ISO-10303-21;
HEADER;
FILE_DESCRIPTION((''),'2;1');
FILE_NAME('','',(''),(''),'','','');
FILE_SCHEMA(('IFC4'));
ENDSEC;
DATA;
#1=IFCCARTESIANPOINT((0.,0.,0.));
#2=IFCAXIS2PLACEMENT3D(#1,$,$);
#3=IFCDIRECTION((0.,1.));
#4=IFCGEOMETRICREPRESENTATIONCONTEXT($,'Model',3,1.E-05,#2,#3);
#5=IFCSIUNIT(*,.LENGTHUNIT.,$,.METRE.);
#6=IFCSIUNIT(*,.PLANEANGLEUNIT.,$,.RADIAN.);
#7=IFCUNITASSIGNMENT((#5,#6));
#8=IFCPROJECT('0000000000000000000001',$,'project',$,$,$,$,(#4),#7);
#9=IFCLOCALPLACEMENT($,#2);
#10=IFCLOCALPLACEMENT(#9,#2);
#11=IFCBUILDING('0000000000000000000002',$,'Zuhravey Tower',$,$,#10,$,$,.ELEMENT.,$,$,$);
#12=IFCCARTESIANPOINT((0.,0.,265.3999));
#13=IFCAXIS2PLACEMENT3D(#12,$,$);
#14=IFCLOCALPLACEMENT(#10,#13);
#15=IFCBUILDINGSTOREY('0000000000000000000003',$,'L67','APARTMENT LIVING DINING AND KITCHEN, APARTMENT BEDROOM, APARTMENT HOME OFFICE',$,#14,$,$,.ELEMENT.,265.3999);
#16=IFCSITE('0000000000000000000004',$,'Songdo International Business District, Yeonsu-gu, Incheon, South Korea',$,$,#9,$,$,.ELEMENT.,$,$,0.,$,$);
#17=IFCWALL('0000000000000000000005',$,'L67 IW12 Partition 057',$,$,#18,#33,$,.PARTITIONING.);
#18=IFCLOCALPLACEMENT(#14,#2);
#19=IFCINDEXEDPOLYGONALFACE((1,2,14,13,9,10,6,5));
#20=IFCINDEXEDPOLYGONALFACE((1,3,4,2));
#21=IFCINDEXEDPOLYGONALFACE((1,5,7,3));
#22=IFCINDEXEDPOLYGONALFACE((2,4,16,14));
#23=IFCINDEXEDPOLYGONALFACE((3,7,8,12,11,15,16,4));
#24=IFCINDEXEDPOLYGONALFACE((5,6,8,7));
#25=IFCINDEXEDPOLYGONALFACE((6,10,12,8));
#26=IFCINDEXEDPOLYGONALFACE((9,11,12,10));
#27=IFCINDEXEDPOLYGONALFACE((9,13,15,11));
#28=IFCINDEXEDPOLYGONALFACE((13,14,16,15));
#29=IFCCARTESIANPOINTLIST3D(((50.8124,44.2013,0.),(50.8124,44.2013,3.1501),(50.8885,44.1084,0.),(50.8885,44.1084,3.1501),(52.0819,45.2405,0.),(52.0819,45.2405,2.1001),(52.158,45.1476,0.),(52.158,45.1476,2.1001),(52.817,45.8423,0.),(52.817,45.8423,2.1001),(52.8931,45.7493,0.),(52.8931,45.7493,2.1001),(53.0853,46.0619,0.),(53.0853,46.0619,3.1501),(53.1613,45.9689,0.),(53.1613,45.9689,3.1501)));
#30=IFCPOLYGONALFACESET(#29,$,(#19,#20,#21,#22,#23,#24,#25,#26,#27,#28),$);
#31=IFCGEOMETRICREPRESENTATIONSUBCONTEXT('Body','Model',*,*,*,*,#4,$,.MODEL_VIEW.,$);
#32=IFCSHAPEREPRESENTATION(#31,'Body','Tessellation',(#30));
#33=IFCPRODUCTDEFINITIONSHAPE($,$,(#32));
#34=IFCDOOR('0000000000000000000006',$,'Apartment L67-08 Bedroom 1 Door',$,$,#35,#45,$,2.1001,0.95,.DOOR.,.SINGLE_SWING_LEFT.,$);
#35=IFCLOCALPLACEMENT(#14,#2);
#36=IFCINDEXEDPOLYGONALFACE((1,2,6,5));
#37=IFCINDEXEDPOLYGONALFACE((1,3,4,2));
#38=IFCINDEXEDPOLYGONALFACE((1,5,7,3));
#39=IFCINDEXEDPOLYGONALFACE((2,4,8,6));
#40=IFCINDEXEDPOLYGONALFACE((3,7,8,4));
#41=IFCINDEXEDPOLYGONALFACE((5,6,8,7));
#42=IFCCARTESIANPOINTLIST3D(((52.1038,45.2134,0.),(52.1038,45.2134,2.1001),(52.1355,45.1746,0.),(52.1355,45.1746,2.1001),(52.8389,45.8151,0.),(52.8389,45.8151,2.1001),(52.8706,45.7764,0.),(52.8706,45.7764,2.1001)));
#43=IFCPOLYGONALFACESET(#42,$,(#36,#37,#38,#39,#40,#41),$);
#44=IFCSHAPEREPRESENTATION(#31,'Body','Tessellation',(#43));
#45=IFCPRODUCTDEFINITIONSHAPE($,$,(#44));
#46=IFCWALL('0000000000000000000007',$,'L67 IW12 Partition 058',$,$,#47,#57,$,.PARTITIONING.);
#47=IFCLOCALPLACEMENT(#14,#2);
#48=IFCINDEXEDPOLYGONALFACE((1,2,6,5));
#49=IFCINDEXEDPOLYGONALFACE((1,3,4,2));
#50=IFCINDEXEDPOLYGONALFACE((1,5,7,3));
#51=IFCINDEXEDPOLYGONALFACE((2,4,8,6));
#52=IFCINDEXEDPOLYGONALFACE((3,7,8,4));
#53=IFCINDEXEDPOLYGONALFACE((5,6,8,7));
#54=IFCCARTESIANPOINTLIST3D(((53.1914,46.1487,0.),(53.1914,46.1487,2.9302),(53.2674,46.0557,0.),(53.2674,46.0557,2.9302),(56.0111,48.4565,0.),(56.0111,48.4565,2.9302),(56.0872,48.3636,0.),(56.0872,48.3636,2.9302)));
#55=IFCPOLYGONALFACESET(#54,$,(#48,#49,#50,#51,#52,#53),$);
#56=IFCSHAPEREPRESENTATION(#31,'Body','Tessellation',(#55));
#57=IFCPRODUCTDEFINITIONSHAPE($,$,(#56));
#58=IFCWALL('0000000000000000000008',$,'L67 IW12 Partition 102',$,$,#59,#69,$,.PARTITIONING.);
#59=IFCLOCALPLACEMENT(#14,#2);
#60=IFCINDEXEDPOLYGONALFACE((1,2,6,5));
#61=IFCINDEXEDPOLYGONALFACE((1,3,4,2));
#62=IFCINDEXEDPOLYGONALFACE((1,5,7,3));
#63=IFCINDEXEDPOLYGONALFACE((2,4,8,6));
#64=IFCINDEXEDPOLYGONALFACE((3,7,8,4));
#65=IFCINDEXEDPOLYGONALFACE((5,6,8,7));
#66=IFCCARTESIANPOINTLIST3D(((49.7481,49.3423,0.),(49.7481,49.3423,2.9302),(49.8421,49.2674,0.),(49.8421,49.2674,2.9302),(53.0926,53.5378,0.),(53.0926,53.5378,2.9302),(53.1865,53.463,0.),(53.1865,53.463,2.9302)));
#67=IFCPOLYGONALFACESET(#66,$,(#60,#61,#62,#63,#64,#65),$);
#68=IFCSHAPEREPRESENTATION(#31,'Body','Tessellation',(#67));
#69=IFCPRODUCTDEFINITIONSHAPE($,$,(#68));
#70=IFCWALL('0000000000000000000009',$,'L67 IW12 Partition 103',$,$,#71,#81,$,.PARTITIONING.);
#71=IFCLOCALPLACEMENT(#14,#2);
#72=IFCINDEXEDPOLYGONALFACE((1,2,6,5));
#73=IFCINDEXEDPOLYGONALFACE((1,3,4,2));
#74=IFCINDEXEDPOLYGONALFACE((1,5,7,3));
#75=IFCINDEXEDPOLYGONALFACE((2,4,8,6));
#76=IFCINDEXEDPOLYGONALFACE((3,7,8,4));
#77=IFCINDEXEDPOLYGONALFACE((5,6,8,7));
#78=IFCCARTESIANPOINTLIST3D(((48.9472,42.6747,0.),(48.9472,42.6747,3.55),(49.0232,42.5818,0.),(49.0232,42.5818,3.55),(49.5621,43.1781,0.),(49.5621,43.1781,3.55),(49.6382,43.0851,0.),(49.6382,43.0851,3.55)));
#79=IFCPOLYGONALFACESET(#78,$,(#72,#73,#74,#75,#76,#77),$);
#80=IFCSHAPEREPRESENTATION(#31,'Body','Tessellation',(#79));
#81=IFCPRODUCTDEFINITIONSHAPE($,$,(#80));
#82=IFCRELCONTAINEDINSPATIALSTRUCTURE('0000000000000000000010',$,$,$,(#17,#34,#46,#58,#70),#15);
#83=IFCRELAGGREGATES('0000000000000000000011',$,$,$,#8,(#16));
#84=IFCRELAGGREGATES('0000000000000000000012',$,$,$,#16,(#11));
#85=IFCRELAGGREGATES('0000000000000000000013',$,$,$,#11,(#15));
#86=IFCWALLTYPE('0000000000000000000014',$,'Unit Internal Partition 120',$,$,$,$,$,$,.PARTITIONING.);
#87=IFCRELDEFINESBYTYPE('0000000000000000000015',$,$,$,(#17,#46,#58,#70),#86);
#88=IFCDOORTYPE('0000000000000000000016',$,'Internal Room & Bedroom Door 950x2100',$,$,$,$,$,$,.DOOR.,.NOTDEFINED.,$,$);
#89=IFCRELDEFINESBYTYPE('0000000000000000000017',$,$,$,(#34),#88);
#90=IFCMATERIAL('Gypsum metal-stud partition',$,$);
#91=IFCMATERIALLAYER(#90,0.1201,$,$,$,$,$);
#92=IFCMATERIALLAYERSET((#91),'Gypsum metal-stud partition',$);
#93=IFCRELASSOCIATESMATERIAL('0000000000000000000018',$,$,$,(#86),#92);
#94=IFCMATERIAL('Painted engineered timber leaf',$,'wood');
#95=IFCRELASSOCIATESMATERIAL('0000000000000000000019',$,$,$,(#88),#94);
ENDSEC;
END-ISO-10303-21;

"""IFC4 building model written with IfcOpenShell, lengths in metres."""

from ifc_helpers import new_model, si_unit, direction, frame, frame_2d, origin, place, context, subcontext, project, spatial, rectangle, extrude, material, layer, layer_set, type_object, element, fill, save


model = new_model("IFC4")

# Units and contexts
model_context = context("Model", 3, precision=1e-05, world=origin(), true_north=direction((0.0, 1.0)))
body_context = subcontext(model_context, "Body", "Model", "MODEL_VIEW")
ifc_project = project(units=[si_unit("LENGTHUNIT", "METRE"), si_unit("PLANEANGLEUNIT", "RADIAN")], contexts=[model_context])

# Site, building, storey
site_placement = place(None, origin())
site = spatial("IfcSite", under=ifc_project, at=site_placement, Name="Songdo International Business District, Yeonsu-gu, Incheon, South Korea", CompositionType="ELEMENT", RefElevation=0.0)
building_placement = place(site_placement, origin())
building = spatial("IfcBuilding", under=site, at=building_placement, Name="Zuhravey Tower", CompositionType="ELEMENT")
storey_placement = place(building_placement, frame((0.0, 0.0, 265.3999)))
storey = spatial("IfcBuildingStorey", under=building, at=storey_placement, Name="L67", Description="APARTMENT LIVING DINING AND KITCHEN, APARTMENT BEDROOM, APARTMENT HOME OFFICE", CompositionType="ELEMENT", Elevation=265.3999)

# Shared definitions
ifc_material_1 = material(Name="Gypsum metal-stud partition")
ifc_layer_1 = layer(ifc_material_1, 0.1201)
ifc_layer_set_1 = layer_set([ifc_layer_1], Name="Gypsum metal-stud partition")
wall_type_1 = type_object("IfcWallType", Name="Unit Internal Partition 120", PredefinedType="PARTITIONING", material=ifc_layer_set_1)
ifc_material_2 = material(Name="Painted engineered timber leaf", Category="wood")
door_type_1 = type_object("IfcDoorType", Name="Internal Room & Bedroom Door 950x2100", OperationType="NOTDEFINED", PredefinedType="DOOR", material=ifc_material_2)

# Wall, opening, door
wall_1_placement = place(storey_placement, frame((50.8503, 44.1548, 0.0), z_axis=(0.0, 0.0, 1.0), x_axis=(0.773805, 0.633423, 0.0)))
wall_1 = element("IfcWall", 1, at=wall_1_placement, inside=storey, type_object=wall_type_1, Name="L67 IW12 Partition 057", PredefinedType="PARTITIONING", context=body_context, shape_type="SweptSolid", body=[
    extrude(rectangle(XDim=2.9373, YDim=0.1201, at=frame_2d((1.4688, 0.0))), origin(), (0.0, 0.0, 1.0), 3.1501),
])
opening_1_placement = place(wall_1_placement, frame((1.6406, 0.0, 0.0)))
opening_1 = element("IfcOpeningElement", 2, at=opening_1_placement, cuts=wall_1, PredefinedType="OPENING", context=body_context, shape_type="SweptSolid", body=[
    extrude(rectangle(XDim=0.95, YDim=2.1001, at=frame_2d((0.4751, 1.05))), frame((0.0, 0.072, 0.0), z_axis=(0.0, -1.0, 0.0), x_axis=(1.0, 0.0, 0.0)), (0.0, 0.0, 1.0), 0.144),
])
door_1_placement = place(opening_1_placement, frame((0.95, 0.0, 0.0), z_axis=(0.0, 0.0, 1.0), x_axis=(-1.0, 0.0, 0.0)))
door_1 = element("IfcDoor", 3, at=door_1_placement, inside=storey, type_object=door_type_1, Name="Apartment L67-08 Bedroom 1 Door", OperationType="SINGLE_SWING_LEFT", OverallHeight=2.1001, OverallWidth=0.95, PredefinedType="DOOR", context=body_context, shape_type="SweptSolid", body=[
    extrude(rectangle(XDim=0.95, YDim=2.1001, at=frame_2d((0.4751, 1.05))), frame((0.0, 0.0249, 0.0), z_axis=(0.0, -1.0, 0.0), x_axis=(1.0, 0.0, 0.0)), (0.0, 0.0, 1.0), 0.05),
])
fill(opening_1, door_1)

# Walls
wall_2_placement = place(storey_placement, frame((53.2295, 46.1023, 0.0), z_axis=(0.0, 0.0, 1.0), x_axis=(0.773859, 0.633358, 0.0)))
element("IfcWall", 4, at=wall_2_placement, inside=storey, type_object=wall_type_1, Name="L67 IW12 Partition 058", PredefinedType="PARTITIONING", context=body_context, shape_type="SweptSolid", body=[
    extrude(rectangle(XDim=3.6438, YDim=0.1201, at=frame_2d((1.8218, 0.0))), origin(), (0.0, 0.0, 1.0), 2.9302),
])
wall_3_placement = place(storey_placement, frame((49.7952, 49.3049, 0.0), z_axis=(0.0, 0.0, 1.0), x_axis=(0.623335, 0.781955, 0.0)))
element("IfcWall", 5, at=wall_3_placement, inside=storey, type_object=wall_type_1, Name="L67 IW12 Partition 102", PredefinedType="PARTITIONING", context=body_context, shape_type="SweptSolid", body=[
    extrude(rectangle(XDim=5.3655, YDim=0.1201, at=frame_2d((2.6826, 0.0))), origin(), (0.0, 0.0, 1.0), 2.9302),
])
wall_4_placement = place(storey_placement, frame((48.9851, 42.6282, 0.0), z_axis=(0.0, 0.0, 1.0), x_axis=(0.773807, 0.633422, 0.0)))
element("IfcWall", 6, at=wall_4_placement, inside=storey, type_object=wall_type_1, Name="L67 IW12 Partition 103", PredefinedType="PARTITIONING", context=body_context, shape_type="SweptSolid", body=[
    extrude(rectangle(XDim=0.7947, YDim=0.1201, at=frame_2d((0.3975, 0.0))), origin(), (0.0, 0.0, 1.0), 3.55),
])

save(model, "model.ifc")
